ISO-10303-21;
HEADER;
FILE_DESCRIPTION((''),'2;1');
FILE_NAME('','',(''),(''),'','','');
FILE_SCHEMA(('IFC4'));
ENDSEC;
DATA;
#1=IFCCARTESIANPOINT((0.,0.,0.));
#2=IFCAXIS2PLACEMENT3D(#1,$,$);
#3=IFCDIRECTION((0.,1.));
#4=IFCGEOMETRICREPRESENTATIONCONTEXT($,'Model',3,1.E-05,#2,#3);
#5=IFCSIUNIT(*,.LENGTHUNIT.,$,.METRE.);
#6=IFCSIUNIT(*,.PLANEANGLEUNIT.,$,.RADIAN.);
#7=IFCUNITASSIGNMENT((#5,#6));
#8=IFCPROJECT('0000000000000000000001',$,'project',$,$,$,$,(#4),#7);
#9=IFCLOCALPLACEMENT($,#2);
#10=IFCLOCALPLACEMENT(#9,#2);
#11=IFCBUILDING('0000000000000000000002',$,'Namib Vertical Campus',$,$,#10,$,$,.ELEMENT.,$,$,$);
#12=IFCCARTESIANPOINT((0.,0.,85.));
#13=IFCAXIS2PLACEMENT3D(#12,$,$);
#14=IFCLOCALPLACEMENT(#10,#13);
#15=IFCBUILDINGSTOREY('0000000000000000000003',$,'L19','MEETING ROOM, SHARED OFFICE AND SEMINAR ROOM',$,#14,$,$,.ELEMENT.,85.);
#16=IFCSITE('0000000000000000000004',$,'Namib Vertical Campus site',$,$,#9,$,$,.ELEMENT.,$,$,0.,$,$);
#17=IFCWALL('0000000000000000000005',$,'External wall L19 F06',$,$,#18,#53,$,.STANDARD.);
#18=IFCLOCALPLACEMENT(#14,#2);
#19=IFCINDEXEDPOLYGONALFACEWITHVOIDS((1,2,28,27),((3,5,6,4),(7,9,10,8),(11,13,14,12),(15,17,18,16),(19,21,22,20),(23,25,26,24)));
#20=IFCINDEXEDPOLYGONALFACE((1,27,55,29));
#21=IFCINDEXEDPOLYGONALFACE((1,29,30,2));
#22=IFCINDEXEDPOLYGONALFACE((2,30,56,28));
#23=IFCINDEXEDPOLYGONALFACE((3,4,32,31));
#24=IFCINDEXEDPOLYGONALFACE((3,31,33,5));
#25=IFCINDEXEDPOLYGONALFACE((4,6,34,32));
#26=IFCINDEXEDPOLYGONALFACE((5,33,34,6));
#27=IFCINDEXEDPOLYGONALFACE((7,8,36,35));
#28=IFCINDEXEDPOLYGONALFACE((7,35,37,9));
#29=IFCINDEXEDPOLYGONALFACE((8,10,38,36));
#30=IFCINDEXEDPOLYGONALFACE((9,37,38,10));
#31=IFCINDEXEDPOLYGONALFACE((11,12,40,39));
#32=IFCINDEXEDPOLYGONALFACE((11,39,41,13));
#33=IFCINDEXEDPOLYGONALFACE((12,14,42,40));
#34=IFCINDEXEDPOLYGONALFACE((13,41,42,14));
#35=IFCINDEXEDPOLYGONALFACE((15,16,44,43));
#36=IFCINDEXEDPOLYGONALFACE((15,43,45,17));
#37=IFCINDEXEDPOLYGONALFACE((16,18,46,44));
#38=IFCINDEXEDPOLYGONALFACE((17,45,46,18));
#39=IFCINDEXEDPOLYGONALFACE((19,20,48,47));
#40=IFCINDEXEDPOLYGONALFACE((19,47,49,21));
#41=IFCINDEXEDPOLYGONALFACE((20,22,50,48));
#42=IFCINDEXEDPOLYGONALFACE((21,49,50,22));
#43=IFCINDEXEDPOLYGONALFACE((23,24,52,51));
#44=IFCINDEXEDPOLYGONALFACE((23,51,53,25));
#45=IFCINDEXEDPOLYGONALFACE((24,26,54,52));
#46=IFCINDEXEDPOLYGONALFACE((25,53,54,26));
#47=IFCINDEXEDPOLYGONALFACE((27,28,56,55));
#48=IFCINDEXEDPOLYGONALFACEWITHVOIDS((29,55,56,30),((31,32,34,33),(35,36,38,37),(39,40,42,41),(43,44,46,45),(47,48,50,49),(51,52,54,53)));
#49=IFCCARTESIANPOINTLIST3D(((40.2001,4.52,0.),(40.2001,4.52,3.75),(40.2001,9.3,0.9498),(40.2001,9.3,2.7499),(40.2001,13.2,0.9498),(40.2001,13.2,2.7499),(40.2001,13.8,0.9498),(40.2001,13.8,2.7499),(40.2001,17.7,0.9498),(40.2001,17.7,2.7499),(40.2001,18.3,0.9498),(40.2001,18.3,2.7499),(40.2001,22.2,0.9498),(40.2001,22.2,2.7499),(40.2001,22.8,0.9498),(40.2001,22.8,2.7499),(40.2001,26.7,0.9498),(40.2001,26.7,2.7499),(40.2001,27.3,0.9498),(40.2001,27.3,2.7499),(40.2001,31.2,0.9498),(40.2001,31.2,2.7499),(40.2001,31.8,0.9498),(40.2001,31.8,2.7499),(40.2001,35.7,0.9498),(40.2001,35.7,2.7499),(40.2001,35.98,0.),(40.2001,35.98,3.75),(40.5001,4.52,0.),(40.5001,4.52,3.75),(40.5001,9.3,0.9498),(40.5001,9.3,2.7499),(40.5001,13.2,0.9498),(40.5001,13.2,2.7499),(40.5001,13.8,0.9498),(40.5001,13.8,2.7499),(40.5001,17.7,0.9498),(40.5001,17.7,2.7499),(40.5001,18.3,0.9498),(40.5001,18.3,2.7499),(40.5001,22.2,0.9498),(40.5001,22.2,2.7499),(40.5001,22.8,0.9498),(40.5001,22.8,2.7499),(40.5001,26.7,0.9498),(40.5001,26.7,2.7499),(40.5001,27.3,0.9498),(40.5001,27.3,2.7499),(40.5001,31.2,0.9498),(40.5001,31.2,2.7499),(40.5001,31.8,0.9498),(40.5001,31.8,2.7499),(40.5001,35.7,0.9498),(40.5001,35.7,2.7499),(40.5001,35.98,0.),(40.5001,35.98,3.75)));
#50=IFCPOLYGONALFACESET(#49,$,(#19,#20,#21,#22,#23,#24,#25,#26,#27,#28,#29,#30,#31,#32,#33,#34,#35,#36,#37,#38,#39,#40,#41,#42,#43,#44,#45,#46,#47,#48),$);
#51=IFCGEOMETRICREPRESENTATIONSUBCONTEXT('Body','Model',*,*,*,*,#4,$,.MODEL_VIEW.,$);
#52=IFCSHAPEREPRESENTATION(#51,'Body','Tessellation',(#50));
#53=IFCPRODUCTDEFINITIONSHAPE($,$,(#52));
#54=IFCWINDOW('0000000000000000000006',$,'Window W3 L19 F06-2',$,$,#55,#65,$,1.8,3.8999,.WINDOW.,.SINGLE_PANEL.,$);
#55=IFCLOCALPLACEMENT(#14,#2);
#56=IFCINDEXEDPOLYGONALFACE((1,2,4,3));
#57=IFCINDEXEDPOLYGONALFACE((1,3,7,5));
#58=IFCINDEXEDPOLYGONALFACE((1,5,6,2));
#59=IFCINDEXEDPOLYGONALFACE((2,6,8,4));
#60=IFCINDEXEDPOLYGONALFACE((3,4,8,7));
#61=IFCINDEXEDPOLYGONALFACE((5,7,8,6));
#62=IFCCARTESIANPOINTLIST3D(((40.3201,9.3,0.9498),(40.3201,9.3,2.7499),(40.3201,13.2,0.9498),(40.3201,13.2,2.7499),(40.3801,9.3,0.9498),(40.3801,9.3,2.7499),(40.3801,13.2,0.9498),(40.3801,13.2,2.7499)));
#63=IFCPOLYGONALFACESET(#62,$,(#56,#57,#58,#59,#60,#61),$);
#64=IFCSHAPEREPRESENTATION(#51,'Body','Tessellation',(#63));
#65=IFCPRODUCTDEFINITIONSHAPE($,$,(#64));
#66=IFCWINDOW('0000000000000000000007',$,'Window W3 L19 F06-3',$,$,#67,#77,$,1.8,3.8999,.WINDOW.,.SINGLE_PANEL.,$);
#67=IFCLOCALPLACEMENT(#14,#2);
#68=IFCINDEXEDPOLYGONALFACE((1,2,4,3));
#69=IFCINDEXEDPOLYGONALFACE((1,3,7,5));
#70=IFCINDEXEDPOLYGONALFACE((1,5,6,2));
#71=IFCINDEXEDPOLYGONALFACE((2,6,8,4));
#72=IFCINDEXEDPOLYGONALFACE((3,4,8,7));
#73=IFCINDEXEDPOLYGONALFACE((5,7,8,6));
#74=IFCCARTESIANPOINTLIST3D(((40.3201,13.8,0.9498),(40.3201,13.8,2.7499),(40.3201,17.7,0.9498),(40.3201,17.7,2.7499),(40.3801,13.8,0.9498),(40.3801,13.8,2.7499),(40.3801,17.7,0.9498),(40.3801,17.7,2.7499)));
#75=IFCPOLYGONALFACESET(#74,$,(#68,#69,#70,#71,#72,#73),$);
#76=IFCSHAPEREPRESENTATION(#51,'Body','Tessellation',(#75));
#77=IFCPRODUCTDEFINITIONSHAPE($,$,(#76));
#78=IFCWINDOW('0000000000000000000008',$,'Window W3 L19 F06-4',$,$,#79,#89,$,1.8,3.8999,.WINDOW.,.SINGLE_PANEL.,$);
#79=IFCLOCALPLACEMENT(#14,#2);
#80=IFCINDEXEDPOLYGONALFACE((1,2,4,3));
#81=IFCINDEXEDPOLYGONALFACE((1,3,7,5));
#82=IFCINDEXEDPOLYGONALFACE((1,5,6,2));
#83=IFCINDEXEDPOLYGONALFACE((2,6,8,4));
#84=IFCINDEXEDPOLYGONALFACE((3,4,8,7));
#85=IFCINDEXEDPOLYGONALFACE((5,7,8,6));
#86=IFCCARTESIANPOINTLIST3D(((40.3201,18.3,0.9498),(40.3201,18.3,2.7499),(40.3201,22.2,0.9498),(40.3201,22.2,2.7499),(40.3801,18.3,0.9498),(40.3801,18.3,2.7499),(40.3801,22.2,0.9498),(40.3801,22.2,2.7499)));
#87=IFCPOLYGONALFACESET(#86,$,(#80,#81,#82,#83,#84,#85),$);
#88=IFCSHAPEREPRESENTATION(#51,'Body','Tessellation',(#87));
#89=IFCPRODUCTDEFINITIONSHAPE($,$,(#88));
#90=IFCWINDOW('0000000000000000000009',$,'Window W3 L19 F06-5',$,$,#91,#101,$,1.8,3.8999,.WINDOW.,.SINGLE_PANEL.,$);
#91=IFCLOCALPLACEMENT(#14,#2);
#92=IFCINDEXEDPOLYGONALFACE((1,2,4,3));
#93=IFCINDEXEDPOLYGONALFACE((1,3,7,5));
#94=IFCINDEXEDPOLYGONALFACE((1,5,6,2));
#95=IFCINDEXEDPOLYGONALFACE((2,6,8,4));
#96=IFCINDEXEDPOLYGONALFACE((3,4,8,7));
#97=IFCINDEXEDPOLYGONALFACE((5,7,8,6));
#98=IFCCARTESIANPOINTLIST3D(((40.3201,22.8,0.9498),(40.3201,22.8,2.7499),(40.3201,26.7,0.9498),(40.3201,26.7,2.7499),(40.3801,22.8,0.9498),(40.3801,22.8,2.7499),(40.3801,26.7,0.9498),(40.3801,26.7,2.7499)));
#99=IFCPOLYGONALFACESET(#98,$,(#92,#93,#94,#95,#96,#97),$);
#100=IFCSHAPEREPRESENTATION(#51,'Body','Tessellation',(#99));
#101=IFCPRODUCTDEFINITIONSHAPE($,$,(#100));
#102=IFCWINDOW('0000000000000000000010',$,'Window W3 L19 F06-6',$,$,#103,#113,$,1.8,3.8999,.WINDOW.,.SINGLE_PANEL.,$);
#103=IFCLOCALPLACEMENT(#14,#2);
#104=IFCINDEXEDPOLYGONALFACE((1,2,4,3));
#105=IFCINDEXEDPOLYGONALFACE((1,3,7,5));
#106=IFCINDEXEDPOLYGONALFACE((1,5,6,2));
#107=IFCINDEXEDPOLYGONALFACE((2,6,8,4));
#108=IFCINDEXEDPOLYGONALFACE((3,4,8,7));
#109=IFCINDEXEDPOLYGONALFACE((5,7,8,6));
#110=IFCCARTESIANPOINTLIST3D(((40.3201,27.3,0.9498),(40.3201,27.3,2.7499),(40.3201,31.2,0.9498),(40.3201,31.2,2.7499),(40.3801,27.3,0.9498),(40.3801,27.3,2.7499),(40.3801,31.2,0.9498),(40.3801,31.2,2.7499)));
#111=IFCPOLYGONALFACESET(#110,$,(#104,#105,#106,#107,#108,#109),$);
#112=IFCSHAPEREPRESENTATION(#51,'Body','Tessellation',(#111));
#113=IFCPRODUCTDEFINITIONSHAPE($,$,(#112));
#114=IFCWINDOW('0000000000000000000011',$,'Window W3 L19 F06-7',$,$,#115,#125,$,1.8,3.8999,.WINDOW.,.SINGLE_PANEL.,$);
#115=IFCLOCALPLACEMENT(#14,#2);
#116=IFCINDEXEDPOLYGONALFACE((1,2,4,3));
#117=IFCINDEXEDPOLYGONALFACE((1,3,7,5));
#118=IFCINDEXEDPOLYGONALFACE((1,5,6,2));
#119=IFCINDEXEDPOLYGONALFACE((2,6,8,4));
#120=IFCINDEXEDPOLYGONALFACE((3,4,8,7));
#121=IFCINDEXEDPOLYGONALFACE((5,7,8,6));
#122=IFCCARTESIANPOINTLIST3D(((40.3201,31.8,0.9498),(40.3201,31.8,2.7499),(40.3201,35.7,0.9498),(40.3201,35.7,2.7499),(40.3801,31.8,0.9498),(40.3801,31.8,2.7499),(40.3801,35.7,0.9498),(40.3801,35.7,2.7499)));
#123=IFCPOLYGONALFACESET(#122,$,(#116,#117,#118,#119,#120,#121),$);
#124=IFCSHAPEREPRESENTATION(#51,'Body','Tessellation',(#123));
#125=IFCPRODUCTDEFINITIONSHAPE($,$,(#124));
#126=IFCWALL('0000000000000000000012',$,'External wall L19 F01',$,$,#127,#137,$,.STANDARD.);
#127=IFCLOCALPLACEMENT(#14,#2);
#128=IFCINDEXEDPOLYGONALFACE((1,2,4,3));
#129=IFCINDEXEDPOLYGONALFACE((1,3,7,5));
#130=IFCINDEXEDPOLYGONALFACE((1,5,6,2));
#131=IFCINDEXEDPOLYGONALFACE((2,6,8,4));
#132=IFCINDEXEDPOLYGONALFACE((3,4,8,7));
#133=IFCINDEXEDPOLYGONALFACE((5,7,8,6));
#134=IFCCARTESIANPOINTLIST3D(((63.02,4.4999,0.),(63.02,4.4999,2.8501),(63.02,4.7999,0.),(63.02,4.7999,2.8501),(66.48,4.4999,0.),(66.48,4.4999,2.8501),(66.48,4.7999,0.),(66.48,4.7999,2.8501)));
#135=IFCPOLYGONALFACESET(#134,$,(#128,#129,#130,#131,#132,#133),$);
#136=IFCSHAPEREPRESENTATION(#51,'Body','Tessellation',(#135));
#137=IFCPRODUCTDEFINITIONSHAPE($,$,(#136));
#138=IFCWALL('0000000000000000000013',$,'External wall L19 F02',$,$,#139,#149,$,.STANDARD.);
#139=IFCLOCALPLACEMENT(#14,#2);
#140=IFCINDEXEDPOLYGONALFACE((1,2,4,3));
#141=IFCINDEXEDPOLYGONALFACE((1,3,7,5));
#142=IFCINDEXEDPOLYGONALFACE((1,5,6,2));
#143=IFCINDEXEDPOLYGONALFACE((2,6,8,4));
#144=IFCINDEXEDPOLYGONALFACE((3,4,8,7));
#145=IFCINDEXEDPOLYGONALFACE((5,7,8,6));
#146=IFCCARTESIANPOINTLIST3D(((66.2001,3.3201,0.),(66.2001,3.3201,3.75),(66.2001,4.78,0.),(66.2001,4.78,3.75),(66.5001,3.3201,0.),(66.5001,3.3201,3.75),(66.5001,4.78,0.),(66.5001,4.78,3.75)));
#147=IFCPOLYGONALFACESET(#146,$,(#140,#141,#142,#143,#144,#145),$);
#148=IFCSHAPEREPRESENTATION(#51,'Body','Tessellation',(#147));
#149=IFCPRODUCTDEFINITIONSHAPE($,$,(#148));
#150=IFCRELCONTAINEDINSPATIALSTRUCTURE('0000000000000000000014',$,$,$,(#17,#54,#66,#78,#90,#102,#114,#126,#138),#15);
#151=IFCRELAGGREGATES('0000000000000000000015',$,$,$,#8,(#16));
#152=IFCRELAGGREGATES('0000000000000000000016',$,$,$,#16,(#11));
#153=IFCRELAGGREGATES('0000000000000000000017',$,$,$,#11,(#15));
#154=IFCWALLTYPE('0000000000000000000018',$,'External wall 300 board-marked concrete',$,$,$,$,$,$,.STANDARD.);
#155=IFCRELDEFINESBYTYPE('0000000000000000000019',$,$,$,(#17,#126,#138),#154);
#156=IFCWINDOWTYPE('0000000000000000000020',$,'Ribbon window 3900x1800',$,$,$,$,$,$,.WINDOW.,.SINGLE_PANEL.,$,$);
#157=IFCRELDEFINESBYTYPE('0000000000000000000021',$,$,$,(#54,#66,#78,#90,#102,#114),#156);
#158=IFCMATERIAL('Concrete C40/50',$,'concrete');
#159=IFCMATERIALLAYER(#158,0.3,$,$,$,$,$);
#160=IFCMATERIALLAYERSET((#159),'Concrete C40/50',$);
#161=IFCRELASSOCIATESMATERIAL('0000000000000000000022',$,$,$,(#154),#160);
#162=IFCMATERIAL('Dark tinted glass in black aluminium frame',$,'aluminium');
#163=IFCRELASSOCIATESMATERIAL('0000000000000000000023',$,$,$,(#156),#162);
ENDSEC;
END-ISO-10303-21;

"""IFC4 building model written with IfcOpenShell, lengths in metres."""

from ifc_helpers import new_model, si_unit, direction, frame, frame_2d, origin, place, context, subcontext, project, spatial, rectangle, extrude, material, layer, layer_set, type_object, element, fill, save


model = new_model("IFC4")

# Units and contexts
model_context = context("Model", 3, precision=1e-05, world=origin(), true_north=direction((0.0, 1.0)))
body_context = subcontext(model_context, "Body", "Model", "MODEL_VIEW")
ifc_project = project(units=[si_unit("LENGTHUNIT", "METRE"), si_unit("PLANEANGLEUNIT", "RADIAN")], contexts=[model_context])

# Site, building, storey
site_placement = place(None, origin())
site = spatial("IfcSite", under=ifc_project, at=site_placement, Name="Namib Vertical Campus site", CompositionType="ELEMENT", RefElevation=0.0)
building_placement = place(site_placement, origin())
building = spatial("IfcBuilding", under=site, at=building_placement, Name="Namib Vertical Campus", CompositionType="ELEMENT")
storey_placement = place(building_placement, frame((0.0, 0.0, 85.0)))
storey = spatial("IfcBuildingStorey", under=building, at=storey_placement, Name="L19", Description="MEETING ROOM, SHARED OFFICE AND SEMINAR ROOM", CompositionType="ELEMENT", Elevation=85.0)

# Wall, openings, windows
ifc_material_1 = material(Name="Concrete C40/50", Category="concrete")
ifc_layer_1 = layer(ifc_material_1, 0.3)
ifc_layer_set_1 = layer_set([ifc_layer_1], Name="Concrete C40/50")
wall_type_1 = type_object("IfcWallType", Name="External wall 300 board-marked concrete", PredefinedType="STANDARD", material=ifc_layer_set_1)
wall_1_placement = place(storey_placement, frame((40.3501, 4.52, 0.0), z_axis=(0.0, 0.0, 1.0), x_axis=(0.0, 1.0, 0.0)))
wall_1 = element("IfcWall", 1, at=wall_1_placement, inside=storey, type_object=wall_type_1, Name="External wall L19 F06", PredefinedType="STANDARD", context=body_context, shape_type="SweptSolid", body=[
    extrude(rectangle(XDim=31.46, YDim=0.3, at=frame_2d((15.73, 0.0))), origin(), (0.0, 0.0, 1.0), 3.75),
])
opening_1_placement = place(wall_1_placement, frame((4.78, 0.0, 0.95)))
opening_1 = element("IfcOpeningElement", 2, at=opening_1_placement, cuts=wall_1, PredefinedType="OPENING", context=body_context, shape_type="SweptSolid", body=[
    extrude(rectangle(XDim=3.8999, YDim=1.8, at=frame_2d((1.95, 0.8999))), frame((0.0, 0.1599, 0.0), z_axis=(0.0, -1.0, 0.0), x_axis=(1.0, 0.0, 0.0)), (0.0, 0.0, 1.0), 0.3201),
])
opening_2_placement = place(wall_1_placement, frame((9.28, 0.0, 0.95)))
opening_2 = element("IfcOpeningElement", 3, at=opening_2_placement, cuts=wall_1, PredefinedType="OPENING", context=body_context, shape_type="SweptSolid", body=[
    extrude(rectangle(XDim=3.8999, YDim=1.8, at=frame_2d((1.95, 0.8999))), frame((0.0, 0.1599, 0.0), z_axis=(0.0, -1.0, 0.0), x_axis=(1.0, 0.0, 0.0)), (0.0, 0.0, 1.0), 0.3201),
])
opening_3_placement = place(wall_1_placement, frame((13.78, 0.0, 0.95)))
opening_3 = element("IfcOpeningElement", 4, at=opening_3_placement, cuts=wall_1, PredefinedType="OPENING", context=body_context, shape_type="SweptSolid", body=[
    extrude(rectangle(XDim=3.8999, YDim=1.8, at=frame_2d((1.95, 0.8999))), frame((0.0, 0.1599, 0.0), z_axis=(0.0, -1.0, 0.0), x_axis=(1.0, 0.0, 0.0)), (0.0, 0.0, 1.0), 0.3201),
])
opening_4_placement = place(wall_1_placement, frame((18.28, 0.0, 0.95)))
opening_4 = element("IfcOpeningElement", 5, at=opening_4_placement, cuts=wall_1, PredefinedType="OPENING", context=body_context, shape_type="SweptSolid", body=[
    extrude(rectangle(XDim=3.8999, YDim=1.8, at=frame_2d((1.95, 0.8999))), frame((0.0, 0.1599, 0.0), z_axis=(0.0, -1.0, 0.0), x_axis=(1.0, 0.0, 0.0)), (0.0, 0.0, 1.0), 0.3201),
])
opening_5_placement = place(wall_1_placement, frame((22.78, 0.0, 0.95)))
opening_5 = element("IfcOpeningElement", 6, at=opening_5_placement, cuts=wall_1, PredefinedType="OPENING", context=body_context, shape_type="SweptSolid", body=[
    extrude(rectangle(XDim=3.8999, YDim=1.8, at=frame_2d((1.95, 0.8999))), frame((0.0, 0.1599, 0.0), z_axis=(0.0, -1.0, 0.0), x_axis=(1.0, 0.0, 0.0)), (0.0, 0.0, 1.0), 0.3201),
])
opening_6_placement = place(wall_1_placement, frame((27.28, 0.0, 0.95)))
opening_6 = element("IfcOpeningElement", 7, at=opening_6_placement, cuts=wall_1, PredefinedType="OPENING", context=body_context, shape_type="SweptSolid", body=[
    extrude(rectangle(XDim=3.8999, YDim=1.8, at=frame_2d((1.95, 0.8999))), frame((0.0, 0.1599, 0.0), z_axis=(0.0, -1.0, 0.0), x_axis=(1.0, 0.0, 0.0)), (0.0, 0.0, 1.0), 0.3201),
])
ifc_material_2 = material(Name="Dark tinted glass in black aluminium frame", Category="aluminium")
window_type = type_object("IfcWindowType", Name="Ribbon window 3900x1800", PartitioningType="SINGLE_PANEL", PredefinedType="WINDOW", material=ifc_material_2)
window_1_placement = place(opening_1_placement, origin())
window_1 = element("IfcWindow", 8, at=window_1_placement, inside=storey, type_object=window_type, Name="Window W3 L19 F06-2", OverallHeight=1.8, OverallWidth=3.8999, PartitioningType="SINGLE_PANEL", PredefinedType="WINDOW", context=body_context, shape_type="SweptSolid", body=[
    extrude(rectangle(XDim=3.8999, YDim=1.8, at=frame_2d((1.95, 0.8999))), frame((0.0, 0.03, 0.0), z_axis=(0.0, -1.0, 0.0), x_axis=(1.0, 0.0, 0.0)), (0.0, 0.0, 1.0), 0.0601),
])
fill(opening_1, window_1)
window_2_placement = place(opening_2_placement, origin())
window_2 = element("IfcWindow", 9, at=window_2_placement, inside=storey, type_object=window_type, Name="Window W3 L19 F06-3", OverallHeight=1.8, OverallWidth=3.8999, PartitioningType="SINGLE_PANEL", PredefinedType="WINDOW", context=body_context, shape_type="SweptSolid", body=[
    extrude(rectangle(XDim=3.8999, YDim=1.8, at=frame_2d((1.95, 0.8999))), frame((0.0, 0.03, 0.0), z_axis=(0.0, -1.0, 0.0), x_axis=(1.0, 0.0, 0.0)), (0.0, 0.0, 1.0), 0.0601),
])
fill(opening_2, window_2)
window_3_placement = place(opening_3_placement, origin())
window_3 = element("IfcWindow", 10, at=window_3_placement, inside=storey, type_object=window_type, Name="Window W3 L19 F06-4", OverallHeight=1.8, OverallWidth=3.8999, PartitioningType="SINGLE_PANEL", PredefinedType="WINDOW", context=body_context, shape_type="SweptSolid", body=[
    extrude(rectangle(XDim=3.8999, YDim=1.8, at=frame_2d((1.95, 0.8999))), frame((0.0, 0.03, 0.0), z_axis=(0.0, -1.0, 0.0), x_axis=(1.0, 0.0, 0.0)), (0.0, 0.0, 1.0), 0.0601),
])
fill(opening_3, window_3)
window_4_placement = place(opening_4_placement, origin())
window_4 = element("IfcWindow", 11, at=window_4_placement, inside=storey, type_object=window_type, Name="Window W3 L19 F06-5", OverallHeight=1.8, OverallWidth=3.8999, PartitioningType="SINGLE_PANEL", PredefinedType="WINDOW", context=body_context, shape_type="SweptSolid", body=[
    extrude(rectangle(XDim=3.8999, YDim=1.8, at=frame_2d((1.95, 0.8999))), frame((0.0, 0.03, 0.0), z_axis=(0.0, -1.0, 0.0), x_axis=(1.0, 0.0, 0.0)), (0.0, 0.0, 1.0), 0.0601),
])
fill(opening_4, window_4)
window_5_placement = place(opening_5_placement, origin())
window_5 = element("IfcWindow", 12, at=window_5_placement, inside=storey, type_object=window_type, Name="Window W3 L19 F06-6", OverallHeight=1.8, OverallWidth=3.8999, PartitioningType="SINGLE_PANEL", PredefinedType="WINDOW", context=body_context, shape_type="SweptSolid", body=[
    extrude(rectangle(XDim=3.8999, YDim=1.8, at=frame_2d((1.95, 0.8999))), frame((0.0, 0.03, 0.0), z_axis=(0.0, -1.0, 0.0), x_axis=(1.0, 0.0, 0.0)), (0.0, 0.0, 1.0), 0.0601),
])
fill(opening_5, window_5)
window_6_placement = place(opening_6_placement, origin())
window_6 = element("IfcWindow", 13, at=window_6_placement, inside=storey, type_object=window_type, Name="Window W3 L19 F06-7", OverallHeight=1.8, OverallWidth=3.8999, PartitioningType="SINGLE_PANEL", PredefinedType="WINDOW", context=body_context, shape_type="SweptSolid", body=[
    extrude(rectangle(XDim=3.8999, YDim=1.8, at=frame_2d((1.95, 0.8999))), frame((0.0, 0.03, 0.0), z_axis=(0.0, -1.0, 0.0), x_axis=(1.0, 0.0, 0.0)), (0.0, 0.0, 1.0), 0.0601),
])
fill(opening_6, window_6)

# Walls
wall_2_placement = place(storey_placement, frame((63.02, 4.6499, 0.0), z_axis=(0.0, 0.0, 1.0), x_axis=(1.0, 0.0, 0.0)))
element("IfcWall", 14, at=wall_2_placement, inside=storey, type_object=wall_type_1, Name="External wall L19 F01", PredefinedType="STANDARD", context=body_context, shape_type="SweptSolid", body=[
    extrude(rectangle(XDim=3.46, YDim=0.3, at=frame_2d((1.73, 0.0))), origin(), (0.0, 0.0, 1.0), 2.8501),
])
wall_3_placement = place(storey_placement, frame((66.3501, 4.78, 0.0), z_axis=(0.0, 0.0, 1.0), x_axis=(0.0, -1.0, 0.0)))
element("IfcWall", 15, at=wall_3_placement, inside=storey, type_object=wall_type_1, Name="External wall L19 F02", PredefinedType="STANDARD", context=body_context, shape_type="SweptSolid", body=[
    extrude(rectangle(XDim=1.46, YDim=0.3, at=frame_2d((0.73, 0.0))), origin(), (0.0, 0.0, 1.0), 3.75),
])

save(model, "model.ifc")
